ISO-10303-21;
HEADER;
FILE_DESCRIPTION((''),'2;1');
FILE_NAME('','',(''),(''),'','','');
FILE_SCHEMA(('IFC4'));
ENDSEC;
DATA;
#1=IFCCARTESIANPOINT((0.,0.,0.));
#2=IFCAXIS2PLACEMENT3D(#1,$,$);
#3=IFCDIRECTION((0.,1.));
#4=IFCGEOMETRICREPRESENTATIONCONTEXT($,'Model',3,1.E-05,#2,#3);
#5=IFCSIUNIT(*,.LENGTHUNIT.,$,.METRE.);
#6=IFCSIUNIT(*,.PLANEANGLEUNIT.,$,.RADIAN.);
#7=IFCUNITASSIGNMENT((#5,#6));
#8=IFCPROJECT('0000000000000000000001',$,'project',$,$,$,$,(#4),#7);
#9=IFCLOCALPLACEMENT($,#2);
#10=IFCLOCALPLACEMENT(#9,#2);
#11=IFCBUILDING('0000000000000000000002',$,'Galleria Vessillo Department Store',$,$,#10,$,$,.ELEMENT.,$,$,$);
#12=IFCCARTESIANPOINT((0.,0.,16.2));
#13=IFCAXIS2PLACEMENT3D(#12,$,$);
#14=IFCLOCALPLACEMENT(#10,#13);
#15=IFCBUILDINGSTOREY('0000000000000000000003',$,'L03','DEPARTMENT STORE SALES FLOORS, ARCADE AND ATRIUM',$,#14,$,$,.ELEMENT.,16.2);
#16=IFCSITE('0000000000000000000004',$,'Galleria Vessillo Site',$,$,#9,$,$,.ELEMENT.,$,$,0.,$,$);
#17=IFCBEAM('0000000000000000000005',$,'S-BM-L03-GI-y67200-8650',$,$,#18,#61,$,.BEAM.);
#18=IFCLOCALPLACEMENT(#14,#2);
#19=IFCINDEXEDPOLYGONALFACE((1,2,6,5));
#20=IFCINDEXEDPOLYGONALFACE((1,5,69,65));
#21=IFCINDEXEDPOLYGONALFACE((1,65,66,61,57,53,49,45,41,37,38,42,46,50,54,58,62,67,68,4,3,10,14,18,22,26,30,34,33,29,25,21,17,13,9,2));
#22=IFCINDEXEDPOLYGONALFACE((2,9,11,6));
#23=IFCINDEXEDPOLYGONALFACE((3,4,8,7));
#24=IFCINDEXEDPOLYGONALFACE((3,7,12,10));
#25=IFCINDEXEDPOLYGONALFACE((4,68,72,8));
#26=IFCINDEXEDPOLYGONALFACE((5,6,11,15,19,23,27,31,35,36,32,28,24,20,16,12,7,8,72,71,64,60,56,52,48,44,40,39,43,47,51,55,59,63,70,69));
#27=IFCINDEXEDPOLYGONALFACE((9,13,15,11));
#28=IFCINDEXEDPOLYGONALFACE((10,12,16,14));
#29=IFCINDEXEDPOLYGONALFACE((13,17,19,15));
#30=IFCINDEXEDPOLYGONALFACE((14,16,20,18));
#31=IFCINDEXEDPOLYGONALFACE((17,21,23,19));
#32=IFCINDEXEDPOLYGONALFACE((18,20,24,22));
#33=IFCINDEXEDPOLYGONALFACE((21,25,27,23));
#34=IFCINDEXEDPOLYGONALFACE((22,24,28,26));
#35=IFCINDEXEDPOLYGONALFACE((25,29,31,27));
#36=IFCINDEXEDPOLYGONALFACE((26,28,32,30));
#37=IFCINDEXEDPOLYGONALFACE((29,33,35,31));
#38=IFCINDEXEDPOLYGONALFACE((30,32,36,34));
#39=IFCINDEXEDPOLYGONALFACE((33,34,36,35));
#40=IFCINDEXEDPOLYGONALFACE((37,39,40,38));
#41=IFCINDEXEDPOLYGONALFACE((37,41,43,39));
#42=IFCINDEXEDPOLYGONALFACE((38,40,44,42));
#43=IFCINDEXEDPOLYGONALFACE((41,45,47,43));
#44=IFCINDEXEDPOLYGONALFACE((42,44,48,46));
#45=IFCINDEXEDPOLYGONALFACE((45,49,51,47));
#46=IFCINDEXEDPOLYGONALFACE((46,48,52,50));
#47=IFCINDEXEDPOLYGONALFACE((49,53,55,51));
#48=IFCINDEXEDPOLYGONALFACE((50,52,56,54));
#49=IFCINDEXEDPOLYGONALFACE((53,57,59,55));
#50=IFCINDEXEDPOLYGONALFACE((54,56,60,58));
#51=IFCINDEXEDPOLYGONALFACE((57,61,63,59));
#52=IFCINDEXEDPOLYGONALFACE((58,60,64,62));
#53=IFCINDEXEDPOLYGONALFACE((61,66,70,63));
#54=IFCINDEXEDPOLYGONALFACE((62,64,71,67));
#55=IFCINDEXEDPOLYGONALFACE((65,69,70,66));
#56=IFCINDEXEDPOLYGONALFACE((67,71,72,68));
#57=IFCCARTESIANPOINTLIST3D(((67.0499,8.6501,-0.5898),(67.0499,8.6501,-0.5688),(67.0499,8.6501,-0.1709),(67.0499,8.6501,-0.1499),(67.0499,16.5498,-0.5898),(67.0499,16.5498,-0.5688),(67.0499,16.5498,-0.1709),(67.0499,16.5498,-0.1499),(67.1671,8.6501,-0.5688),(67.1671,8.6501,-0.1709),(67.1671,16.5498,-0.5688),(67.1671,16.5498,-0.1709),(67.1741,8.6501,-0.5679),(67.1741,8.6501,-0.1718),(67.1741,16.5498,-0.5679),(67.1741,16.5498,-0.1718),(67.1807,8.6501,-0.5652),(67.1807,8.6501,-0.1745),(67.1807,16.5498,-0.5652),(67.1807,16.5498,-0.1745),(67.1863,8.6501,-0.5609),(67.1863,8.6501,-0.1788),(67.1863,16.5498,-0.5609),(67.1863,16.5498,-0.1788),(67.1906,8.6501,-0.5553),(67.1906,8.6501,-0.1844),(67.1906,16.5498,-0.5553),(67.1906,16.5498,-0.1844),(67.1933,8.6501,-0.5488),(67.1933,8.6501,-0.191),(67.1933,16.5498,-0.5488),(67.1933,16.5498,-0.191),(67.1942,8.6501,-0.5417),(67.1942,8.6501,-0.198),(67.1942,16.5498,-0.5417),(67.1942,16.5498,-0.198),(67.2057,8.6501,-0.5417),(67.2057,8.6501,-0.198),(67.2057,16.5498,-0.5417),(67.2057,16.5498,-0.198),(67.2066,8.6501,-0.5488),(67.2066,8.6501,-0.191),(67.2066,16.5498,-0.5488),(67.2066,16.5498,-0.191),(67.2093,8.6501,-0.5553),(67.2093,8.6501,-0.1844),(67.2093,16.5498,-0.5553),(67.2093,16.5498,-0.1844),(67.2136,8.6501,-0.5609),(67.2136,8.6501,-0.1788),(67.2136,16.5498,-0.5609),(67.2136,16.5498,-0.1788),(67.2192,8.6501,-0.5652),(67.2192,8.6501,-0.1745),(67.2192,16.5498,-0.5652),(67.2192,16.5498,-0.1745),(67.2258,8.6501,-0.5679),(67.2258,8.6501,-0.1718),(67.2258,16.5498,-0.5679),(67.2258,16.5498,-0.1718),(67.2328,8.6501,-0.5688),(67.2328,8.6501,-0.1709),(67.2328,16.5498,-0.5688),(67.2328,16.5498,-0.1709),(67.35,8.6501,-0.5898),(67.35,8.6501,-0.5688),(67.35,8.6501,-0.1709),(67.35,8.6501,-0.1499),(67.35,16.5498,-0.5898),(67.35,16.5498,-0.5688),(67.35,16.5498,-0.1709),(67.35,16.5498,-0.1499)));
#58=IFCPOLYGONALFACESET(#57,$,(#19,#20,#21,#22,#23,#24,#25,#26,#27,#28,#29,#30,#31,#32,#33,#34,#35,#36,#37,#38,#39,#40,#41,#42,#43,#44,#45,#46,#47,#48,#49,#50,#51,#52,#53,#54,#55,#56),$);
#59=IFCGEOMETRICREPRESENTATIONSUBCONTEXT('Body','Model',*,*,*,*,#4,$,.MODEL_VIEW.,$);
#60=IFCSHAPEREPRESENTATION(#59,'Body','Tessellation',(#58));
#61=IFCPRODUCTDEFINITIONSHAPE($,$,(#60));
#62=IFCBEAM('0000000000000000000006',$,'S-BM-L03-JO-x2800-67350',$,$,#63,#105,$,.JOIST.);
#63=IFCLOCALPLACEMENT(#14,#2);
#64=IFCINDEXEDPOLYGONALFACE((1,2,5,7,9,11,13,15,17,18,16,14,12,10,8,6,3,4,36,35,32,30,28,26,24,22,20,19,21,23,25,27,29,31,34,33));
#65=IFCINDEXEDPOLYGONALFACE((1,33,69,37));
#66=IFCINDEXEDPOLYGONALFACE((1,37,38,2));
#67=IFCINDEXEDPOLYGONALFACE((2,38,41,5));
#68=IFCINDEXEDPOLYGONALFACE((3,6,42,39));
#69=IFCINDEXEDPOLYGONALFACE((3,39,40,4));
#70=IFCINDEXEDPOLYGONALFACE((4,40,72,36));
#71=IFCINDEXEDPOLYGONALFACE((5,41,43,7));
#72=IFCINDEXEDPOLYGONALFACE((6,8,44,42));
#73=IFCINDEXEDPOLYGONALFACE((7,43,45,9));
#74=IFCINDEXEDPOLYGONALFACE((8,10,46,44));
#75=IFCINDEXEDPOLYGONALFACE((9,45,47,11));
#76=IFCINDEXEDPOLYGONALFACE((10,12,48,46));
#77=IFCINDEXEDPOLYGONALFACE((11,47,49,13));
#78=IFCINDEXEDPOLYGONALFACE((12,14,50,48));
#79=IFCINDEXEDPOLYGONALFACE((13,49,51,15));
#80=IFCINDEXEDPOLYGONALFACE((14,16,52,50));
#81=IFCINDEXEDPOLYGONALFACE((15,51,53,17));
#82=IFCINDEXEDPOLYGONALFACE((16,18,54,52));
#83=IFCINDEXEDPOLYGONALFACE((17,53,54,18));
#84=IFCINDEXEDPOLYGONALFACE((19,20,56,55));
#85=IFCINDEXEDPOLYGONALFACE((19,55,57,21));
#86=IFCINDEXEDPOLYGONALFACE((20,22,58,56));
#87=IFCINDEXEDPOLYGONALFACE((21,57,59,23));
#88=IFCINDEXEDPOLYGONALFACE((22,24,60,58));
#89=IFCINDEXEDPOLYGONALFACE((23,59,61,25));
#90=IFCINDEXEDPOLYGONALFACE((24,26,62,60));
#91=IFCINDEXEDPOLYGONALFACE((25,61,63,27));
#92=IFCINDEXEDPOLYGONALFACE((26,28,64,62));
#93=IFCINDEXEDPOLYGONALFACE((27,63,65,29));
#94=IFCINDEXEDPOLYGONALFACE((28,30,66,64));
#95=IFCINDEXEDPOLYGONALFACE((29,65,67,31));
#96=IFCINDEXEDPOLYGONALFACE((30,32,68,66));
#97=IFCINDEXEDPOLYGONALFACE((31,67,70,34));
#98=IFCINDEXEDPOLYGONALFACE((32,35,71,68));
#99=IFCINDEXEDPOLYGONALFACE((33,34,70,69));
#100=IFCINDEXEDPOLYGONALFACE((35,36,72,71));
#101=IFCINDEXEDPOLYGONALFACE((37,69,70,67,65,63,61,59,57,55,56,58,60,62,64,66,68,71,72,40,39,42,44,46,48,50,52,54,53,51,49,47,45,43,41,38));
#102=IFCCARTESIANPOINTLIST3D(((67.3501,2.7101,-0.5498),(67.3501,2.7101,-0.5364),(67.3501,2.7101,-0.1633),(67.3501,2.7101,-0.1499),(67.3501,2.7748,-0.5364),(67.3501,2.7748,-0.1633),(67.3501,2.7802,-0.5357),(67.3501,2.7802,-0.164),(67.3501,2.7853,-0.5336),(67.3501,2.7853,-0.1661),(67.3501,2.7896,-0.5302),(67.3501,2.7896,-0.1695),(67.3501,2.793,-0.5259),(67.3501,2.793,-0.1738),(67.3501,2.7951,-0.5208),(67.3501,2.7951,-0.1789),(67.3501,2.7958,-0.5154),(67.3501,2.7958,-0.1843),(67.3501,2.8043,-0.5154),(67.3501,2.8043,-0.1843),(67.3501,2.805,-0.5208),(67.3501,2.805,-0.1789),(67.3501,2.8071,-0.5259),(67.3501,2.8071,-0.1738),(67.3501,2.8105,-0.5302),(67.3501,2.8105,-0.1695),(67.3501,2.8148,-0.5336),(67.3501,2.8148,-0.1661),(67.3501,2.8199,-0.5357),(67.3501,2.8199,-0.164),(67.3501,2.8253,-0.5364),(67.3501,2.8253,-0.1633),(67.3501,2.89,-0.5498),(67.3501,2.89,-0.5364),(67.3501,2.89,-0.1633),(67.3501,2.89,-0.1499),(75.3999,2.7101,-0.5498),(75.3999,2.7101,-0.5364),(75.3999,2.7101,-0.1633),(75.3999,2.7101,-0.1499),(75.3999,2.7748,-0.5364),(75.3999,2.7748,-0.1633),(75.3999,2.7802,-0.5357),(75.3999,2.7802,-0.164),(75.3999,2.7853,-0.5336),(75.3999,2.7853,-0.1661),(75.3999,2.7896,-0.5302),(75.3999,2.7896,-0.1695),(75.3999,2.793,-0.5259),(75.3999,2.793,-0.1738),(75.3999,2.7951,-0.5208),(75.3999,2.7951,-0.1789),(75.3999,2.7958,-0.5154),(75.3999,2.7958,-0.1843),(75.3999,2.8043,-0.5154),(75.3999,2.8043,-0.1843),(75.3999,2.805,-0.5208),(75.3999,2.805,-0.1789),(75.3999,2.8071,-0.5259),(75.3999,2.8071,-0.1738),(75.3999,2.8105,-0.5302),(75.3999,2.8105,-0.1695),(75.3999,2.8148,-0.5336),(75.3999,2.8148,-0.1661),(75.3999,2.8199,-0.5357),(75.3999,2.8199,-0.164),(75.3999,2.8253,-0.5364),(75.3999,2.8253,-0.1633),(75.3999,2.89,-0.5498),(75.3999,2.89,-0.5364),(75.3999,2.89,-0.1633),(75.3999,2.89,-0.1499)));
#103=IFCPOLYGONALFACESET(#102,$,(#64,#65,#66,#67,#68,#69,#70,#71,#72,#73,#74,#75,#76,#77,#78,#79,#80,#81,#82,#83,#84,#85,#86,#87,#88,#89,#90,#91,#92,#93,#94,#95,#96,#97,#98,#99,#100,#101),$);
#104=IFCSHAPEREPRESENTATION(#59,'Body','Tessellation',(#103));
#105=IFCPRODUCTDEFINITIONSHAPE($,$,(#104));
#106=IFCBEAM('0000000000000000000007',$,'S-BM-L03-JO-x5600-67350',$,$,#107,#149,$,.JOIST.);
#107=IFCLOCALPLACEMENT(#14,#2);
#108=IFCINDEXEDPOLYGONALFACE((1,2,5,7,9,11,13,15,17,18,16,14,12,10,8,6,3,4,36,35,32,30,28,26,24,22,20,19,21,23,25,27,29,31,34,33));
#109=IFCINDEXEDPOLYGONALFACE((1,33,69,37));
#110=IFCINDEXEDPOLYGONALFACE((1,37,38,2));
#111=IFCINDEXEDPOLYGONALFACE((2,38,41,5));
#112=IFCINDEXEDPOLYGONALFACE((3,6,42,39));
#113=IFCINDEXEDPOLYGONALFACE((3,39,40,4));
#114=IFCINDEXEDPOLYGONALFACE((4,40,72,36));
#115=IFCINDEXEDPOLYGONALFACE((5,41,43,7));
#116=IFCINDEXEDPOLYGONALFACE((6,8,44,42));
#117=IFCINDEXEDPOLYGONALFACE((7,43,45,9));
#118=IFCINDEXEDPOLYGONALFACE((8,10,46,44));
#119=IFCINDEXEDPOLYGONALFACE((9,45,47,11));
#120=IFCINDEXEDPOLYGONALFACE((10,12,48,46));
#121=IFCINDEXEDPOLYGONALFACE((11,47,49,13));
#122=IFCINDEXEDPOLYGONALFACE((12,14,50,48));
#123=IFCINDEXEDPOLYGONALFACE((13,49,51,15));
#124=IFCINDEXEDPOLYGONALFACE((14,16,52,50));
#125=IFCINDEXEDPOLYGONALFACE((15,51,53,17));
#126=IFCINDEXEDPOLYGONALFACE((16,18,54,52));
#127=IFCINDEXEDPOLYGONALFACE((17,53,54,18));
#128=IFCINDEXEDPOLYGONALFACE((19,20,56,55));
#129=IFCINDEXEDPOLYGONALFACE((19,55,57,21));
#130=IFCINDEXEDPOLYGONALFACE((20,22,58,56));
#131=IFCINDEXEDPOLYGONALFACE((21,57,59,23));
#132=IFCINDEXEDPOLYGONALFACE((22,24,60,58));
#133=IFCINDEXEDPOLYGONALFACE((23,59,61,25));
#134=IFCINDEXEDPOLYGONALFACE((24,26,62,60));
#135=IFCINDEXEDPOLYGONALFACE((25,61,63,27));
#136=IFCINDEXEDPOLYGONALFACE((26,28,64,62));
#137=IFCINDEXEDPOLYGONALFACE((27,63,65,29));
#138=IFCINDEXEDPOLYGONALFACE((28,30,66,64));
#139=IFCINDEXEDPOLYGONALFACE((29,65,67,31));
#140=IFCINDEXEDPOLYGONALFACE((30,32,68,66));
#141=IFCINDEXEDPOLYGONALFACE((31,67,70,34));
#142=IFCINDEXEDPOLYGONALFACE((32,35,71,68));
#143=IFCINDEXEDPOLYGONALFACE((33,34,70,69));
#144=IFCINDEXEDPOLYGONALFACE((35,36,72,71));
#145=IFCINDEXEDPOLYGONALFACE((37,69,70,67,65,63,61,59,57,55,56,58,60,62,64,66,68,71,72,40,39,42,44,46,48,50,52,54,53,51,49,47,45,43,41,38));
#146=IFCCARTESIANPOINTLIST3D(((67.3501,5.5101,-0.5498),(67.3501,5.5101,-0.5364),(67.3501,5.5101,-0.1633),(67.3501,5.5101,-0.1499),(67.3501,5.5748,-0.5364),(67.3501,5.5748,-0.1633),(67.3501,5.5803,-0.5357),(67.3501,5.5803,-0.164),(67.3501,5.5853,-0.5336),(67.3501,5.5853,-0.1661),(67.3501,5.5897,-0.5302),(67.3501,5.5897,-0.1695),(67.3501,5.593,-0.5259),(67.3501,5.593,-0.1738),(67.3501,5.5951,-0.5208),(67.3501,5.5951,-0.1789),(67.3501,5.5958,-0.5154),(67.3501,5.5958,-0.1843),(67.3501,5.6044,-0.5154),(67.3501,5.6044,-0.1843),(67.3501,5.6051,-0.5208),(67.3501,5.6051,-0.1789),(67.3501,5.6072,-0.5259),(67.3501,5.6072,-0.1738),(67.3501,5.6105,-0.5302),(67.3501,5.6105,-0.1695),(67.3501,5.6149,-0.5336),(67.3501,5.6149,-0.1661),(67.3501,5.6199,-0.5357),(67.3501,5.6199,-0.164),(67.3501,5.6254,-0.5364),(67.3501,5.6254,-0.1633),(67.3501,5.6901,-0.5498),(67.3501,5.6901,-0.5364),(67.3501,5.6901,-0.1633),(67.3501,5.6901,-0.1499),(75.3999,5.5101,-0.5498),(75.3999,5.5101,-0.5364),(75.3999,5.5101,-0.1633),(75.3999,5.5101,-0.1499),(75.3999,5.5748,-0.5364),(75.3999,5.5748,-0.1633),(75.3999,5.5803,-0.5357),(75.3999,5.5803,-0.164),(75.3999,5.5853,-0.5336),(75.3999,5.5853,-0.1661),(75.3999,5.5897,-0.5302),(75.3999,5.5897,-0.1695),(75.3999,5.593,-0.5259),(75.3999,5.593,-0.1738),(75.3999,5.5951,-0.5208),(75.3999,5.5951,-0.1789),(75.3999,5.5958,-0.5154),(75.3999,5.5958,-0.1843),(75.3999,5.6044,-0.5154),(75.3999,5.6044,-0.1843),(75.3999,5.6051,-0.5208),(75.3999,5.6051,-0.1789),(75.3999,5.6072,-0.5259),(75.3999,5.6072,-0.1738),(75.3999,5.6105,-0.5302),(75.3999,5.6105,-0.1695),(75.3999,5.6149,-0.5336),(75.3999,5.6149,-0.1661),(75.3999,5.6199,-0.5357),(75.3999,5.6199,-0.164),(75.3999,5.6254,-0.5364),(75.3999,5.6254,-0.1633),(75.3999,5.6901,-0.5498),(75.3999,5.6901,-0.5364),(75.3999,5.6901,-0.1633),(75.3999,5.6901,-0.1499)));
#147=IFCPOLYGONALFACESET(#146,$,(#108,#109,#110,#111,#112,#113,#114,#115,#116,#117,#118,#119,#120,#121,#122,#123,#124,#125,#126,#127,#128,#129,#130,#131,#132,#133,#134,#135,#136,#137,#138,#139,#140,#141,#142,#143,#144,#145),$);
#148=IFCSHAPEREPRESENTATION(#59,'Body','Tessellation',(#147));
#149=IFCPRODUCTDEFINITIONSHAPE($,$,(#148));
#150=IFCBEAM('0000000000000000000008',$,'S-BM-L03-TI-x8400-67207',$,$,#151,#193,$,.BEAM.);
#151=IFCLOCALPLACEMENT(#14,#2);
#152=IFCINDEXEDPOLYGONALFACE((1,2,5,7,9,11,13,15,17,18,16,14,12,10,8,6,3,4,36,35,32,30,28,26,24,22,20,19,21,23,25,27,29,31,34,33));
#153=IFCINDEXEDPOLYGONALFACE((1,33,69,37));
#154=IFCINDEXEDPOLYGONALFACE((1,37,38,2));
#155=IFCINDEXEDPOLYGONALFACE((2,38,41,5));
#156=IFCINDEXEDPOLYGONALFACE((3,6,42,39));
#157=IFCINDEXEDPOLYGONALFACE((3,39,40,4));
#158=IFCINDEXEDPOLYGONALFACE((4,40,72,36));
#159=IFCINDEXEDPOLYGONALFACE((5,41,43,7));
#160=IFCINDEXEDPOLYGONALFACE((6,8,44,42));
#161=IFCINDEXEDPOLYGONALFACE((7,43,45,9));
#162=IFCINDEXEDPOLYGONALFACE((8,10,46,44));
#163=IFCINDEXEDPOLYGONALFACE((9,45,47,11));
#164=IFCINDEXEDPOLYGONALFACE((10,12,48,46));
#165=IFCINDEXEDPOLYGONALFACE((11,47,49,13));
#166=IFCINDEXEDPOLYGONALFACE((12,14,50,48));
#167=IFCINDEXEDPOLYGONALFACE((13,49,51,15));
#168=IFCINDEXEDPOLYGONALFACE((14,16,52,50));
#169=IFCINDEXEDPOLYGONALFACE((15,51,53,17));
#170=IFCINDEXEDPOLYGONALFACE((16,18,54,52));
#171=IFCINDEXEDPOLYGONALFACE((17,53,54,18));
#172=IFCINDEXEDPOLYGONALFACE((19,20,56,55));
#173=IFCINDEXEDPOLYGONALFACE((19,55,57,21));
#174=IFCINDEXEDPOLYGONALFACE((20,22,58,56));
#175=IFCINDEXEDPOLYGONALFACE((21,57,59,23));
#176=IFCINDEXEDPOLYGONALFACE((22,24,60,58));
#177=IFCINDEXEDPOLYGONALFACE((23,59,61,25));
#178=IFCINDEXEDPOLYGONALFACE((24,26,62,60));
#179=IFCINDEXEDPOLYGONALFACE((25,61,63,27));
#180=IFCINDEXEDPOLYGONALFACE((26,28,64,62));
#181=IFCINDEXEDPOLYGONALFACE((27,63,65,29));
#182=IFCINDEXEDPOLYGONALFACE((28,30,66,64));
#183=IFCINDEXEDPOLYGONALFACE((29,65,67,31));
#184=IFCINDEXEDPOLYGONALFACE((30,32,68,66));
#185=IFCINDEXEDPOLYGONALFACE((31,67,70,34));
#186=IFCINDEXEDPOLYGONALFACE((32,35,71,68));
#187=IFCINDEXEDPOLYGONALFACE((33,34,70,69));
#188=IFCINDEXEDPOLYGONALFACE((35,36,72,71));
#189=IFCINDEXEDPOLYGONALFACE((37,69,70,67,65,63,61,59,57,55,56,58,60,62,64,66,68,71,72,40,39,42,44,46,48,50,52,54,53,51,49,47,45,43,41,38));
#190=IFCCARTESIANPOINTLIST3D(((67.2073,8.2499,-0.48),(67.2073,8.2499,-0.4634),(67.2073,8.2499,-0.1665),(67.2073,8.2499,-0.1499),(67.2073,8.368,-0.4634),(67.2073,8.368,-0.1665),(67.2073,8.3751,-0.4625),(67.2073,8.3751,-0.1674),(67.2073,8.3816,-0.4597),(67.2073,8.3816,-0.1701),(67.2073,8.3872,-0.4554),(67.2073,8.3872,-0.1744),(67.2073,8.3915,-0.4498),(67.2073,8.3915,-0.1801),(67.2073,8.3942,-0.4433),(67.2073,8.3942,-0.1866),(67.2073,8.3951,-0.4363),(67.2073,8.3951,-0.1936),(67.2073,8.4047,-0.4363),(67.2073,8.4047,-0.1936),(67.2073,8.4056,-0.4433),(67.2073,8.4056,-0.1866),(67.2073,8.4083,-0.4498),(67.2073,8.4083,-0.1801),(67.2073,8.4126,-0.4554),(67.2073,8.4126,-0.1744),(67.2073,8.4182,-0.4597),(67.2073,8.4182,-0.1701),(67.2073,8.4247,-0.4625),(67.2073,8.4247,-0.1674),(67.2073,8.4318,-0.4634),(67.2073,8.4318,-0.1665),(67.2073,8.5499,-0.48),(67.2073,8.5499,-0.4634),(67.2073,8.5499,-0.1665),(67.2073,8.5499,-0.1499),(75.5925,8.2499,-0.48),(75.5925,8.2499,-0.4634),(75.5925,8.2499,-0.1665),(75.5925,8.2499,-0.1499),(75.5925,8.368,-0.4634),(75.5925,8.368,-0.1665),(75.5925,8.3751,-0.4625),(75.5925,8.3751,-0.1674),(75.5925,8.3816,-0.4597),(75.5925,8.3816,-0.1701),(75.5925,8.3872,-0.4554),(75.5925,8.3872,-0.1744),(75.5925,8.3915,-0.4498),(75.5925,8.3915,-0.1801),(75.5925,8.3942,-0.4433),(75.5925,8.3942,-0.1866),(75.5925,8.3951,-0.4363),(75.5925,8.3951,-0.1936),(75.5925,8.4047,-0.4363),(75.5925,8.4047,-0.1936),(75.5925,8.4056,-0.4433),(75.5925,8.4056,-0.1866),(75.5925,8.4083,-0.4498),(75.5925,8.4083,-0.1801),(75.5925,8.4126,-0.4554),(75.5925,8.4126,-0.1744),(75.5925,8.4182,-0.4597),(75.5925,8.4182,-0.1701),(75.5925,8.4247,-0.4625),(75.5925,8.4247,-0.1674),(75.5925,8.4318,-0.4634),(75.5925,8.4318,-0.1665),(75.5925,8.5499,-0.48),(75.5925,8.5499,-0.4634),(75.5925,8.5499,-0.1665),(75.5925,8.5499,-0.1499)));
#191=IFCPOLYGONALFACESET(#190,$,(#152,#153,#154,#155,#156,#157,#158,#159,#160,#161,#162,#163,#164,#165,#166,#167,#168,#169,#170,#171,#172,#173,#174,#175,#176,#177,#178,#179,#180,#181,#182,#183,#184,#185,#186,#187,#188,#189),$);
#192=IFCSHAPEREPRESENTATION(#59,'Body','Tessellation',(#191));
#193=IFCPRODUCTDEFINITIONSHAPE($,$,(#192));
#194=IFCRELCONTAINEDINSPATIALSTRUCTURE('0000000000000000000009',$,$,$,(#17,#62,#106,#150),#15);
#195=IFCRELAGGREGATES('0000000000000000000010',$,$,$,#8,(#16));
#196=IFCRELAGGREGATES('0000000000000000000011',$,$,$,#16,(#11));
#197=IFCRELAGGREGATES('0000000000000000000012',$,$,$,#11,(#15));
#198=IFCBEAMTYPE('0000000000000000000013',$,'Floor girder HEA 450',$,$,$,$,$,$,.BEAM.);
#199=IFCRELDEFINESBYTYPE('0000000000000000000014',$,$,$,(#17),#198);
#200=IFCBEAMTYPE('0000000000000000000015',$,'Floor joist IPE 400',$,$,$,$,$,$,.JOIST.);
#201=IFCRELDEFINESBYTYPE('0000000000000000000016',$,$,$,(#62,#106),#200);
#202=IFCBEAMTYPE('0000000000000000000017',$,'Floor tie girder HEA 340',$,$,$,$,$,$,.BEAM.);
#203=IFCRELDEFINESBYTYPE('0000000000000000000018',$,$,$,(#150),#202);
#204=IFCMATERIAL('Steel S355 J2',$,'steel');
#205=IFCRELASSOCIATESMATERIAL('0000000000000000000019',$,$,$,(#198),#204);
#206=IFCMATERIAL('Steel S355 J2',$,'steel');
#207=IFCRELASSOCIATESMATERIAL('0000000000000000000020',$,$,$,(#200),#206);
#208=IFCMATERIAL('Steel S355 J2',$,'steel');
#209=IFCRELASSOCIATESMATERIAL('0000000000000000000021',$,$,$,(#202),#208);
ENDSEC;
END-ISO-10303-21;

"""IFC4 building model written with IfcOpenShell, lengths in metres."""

from ifc_helpers import new_model, si_unit, direction, frame, origin, origin_2d, place, context, subcontext, project, spatial, i_section, extrude, material, material_profile, profile_set, type_object, element, save


model = new_model("IFC4")

# Units and contexts
model_context = context("Model", 3, precision=1e-05, world=origin(), true_north=direction((0.0, 1.0)))
body_context = subcontext(model_context, "Body", "Model", "MODEL_VIEW")
ifc_project = project(units=[si_unit("LENGTHUNIT", "METRE"), si_unit("PLANEANGLEUNIT", "RADIAN")], contexts=[model_context])

# Site, building, storey
site_placement = place(None, origin())
site = spatial("IfcSite", under=ifc_project, at=site_placement, Name="Galleria Vessillo Site", CompositionType="ELEMENT", RefElevation=0.0)
building_placement = place(site_placement, origin())
building = spatial("IfcBuilding", under=site, at=building_placement, Name="Galleria Vessillo Department Store", CompositionType="ELEMENT")
storey_placement = place(building_placement, frame((0.0, 0.0, 16.2)))
storey = spatial("IfcBuildingStorey", under=building, at=storey_placement, Name="L03", Description="DEPARTMENT STORE SALES FLOORS, ARCADE AND ATRIUM", CompositionType="ELEMENT", Elevation=16.2)

# Beams
ifc_material_1 = material(Name="Steel S355 J2", Category="steel")
ifc_material_profile_1 = material_profile(ifc_material_1, i_section(OverallWidth=0.3, OverallDepth=0.4399, WebThickness=0.0115, FlangeThickness=0.021, FilletRadius=0.0271, at=origin_2d()), Name="HEA 450")
ifc_profile_set_1 = profile_set([ifc_material_profile_1], Name="Steel S355 J2")
beam_type_1 = type_object("IfcBeamType", Name="Floor girder HEA 450", PredefinedType="BEAM", material=ifc_profile_set_1)
for number, where, z_axis, x_axis, name in (
    (1, (67.2, 8.6501, -0.3699), (0.0, 1.0, 0.0), (-1.0, 0.0, 0.0), "S-BM-L03-GI-y67200-8650"),
):
    element("IfcBeam", number, at=place(storey_placement, frame(where, z_axis=z_axis, x_axis=x_axis)), inside=storey, type_object=beam_type_1, Name=name, PredefinedType="BEAM", context=body_context, shape_type="SweptSolid", body=[
        extrude(i_section(OverallWidth=0.3, OverallDepth=0.4399, WebThickness=0.0115, FlangeThickness=0.021, FilletRadius=0.0271, at=origin_2d()), origin(), (0.0, 0.0, 1.0), 7.8997),
    ])
ifc_material_2 = material(Name="Steel S355 J2", Category="steel")
ifc_material_profile_2 = material_profile(ifc_material_2, i_section(OverallWidth=0.1799, OverallDepth=0.3999, WebThickness=0.0085, FlangeThickness=0.0134, FilletRadius=0.021, at=origin_2d()), Name="IPE 400")
ifc_profile_set_2 = profile_set([ifc_material_profile_2], Name="Steel S355 J2")
beam_type_2 = type_object("IfcBeamType", Name="Floor joist IPE 400", PredefinedType="JOIST", material=ifc_profile_set_2)
for number, where, z_axis, x_axis, name in (
    (2, (67.3501, 2.8, -0.3499), (1.0, 0.0, 0.0), (0.0, 1.0, 0.0), "S-BM-L03-JO-x2800-67350"),
    (3, (67.3501, 5.6001, -0.3499), (1.0, 0.0, 0.0), (0.0, 1.0, 0.0), "S-BM-L03-JO-x5600-67350"),
):
    element("IfcBeam", number, at=place(storey_placement, frame(where, z_axis=z_axis, x_axis=x_axis)), inside=storey, type_object=beam_type_2, Name=name, PredefinedType="JOIST", context=body_context, shape_type="SweptSolid", body=[
        extrude(i_section(OverallWidth=0.1799, OverallDepth=0.3999, WebThickness=0.0085, FlangeThickness=0.0134, FilletRadius=0.021, at=origin_2d()), origin(), (0.0, 0.0, 1.0), 8.0498),
    ])
ifc_material_3 = material(Name="Steel S355 J2", Category="steel")
ifc_material_profile_3 = material_profile(ifc_material_3, i_section(OverallWidth=0.3, OverallDepth=0.3301, WebThickness=0.0095, FlangeThickness=0.0166, FilletRadius=0.0271, at=origin_2d()), Name="HEA 340")
ifc_profile_set_3 = profile_set([ifc_material_profile_3], Name="Steel S355 J2")
beam_type_3 = type_object("IfcBeamType", Name="Floor tie girder HEA 340", PredefinedType="BEAM", material=ifc_profile_set_3)
beam_placement = place(storey_placement, frame((67.2073, 8.3999, -0.3149), z_axis=(1.0, 0.0, 0.0), x_axis=(0.0, 1.0, 0.0)))
element("IfcBeam", 4, at=beam_placement, inside=storey, type_object=beam_type_3, Name="S-BM-L03-TI-x8400-67207", PredefinedType="BEAM", context=body_context, shape_type="SweptSolid", body=[
    extrude(i_section(OverallWidth=0.3, OverallDepth=0.3301, WebThickness=0.0095, FlangeThickness=0.0166, FilletRadius=0.0271, at=origin_2d()), origin(), (0.0, 0.0, 1.0), 8.3853),
])

save(model, "model.ifc")
